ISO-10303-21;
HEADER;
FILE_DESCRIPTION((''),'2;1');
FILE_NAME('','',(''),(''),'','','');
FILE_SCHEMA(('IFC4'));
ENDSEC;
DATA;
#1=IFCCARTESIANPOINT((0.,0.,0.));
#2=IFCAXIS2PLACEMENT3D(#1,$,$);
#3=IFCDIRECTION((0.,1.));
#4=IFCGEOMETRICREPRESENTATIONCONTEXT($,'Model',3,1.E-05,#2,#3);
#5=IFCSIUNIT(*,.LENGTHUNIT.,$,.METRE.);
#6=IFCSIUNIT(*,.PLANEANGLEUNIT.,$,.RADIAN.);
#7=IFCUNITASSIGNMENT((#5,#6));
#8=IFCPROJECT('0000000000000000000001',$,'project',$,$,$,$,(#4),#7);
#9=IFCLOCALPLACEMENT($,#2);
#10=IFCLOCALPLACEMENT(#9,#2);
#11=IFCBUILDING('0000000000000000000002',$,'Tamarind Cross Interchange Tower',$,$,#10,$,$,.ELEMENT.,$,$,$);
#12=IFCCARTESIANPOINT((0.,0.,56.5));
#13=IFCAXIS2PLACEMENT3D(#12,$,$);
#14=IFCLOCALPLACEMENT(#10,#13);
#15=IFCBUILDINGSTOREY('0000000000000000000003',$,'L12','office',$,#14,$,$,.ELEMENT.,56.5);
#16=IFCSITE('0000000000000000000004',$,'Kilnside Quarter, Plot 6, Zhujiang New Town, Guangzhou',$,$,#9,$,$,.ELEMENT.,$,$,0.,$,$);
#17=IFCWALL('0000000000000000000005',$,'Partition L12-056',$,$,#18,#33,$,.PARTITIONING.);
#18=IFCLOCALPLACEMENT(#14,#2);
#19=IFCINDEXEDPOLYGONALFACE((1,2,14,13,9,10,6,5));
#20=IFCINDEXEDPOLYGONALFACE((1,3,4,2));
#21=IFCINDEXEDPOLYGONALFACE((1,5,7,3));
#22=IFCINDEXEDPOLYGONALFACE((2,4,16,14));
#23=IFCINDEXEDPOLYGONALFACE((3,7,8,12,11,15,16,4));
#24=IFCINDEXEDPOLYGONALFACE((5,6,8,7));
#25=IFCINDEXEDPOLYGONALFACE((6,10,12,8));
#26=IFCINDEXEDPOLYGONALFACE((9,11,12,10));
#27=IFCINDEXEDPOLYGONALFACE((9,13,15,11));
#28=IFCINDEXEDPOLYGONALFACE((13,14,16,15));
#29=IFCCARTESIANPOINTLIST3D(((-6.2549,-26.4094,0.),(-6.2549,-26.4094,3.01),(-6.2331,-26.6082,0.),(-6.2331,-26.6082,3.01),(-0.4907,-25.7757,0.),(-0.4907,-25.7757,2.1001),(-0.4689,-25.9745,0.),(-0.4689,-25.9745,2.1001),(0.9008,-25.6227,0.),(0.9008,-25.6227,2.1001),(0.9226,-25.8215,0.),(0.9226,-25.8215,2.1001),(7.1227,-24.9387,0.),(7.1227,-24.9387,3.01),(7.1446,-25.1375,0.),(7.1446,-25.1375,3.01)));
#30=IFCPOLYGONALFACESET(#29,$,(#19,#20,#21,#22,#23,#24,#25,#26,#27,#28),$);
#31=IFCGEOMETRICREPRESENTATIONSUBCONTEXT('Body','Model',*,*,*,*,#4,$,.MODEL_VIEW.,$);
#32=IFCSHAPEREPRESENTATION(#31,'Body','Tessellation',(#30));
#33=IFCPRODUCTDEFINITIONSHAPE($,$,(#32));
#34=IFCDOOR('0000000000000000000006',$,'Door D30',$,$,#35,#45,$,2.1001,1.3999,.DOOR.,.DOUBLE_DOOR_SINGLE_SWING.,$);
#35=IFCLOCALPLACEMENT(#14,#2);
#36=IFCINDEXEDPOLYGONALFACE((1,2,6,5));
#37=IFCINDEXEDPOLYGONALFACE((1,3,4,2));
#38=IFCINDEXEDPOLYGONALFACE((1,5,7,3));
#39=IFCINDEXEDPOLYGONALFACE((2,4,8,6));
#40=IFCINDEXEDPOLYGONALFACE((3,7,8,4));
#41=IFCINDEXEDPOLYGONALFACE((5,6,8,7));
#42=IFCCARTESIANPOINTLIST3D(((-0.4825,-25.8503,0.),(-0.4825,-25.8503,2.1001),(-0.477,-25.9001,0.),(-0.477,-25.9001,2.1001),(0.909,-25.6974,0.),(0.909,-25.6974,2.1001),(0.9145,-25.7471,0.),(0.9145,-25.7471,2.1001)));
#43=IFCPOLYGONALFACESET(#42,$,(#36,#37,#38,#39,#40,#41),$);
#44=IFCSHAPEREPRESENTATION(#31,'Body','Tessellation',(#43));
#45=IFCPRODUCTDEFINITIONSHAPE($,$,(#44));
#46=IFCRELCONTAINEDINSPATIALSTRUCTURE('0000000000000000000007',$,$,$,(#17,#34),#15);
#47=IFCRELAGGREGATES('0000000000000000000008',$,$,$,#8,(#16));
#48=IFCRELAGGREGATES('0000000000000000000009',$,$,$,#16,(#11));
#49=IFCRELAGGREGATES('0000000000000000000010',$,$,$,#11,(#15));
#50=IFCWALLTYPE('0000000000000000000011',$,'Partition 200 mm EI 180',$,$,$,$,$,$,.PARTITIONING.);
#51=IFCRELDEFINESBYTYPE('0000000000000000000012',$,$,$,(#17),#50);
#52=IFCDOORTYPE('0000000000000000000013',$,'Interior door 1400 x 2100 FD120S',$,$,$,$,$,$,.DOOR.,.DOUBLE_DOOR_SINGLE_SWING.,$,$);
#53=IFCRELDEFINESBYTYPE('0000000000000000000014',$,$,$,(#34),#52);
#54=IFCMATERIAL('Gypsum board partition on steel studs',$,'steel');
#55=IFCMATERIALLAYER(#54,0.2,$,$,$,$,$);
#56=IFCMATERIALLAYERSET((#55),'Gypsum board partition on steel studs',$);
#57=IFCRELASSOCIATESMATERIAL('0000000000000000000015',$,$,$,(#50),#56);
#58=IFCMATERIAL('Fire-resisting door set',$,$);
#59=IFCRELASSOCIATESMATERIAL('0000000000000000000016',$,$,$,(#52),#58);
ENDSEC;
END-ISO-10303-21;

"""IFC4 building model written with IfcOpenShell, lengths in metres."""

from ifc_helpers import new_model, si_unit, direction, frame, frame_2d, origin, place, context, subcontext, project, spatial, rectangle, extrude, material, layer, layer_set, type_object, element, fill, save


model = new_model("IFC4")

# Units and contexts
model_context = context("Model", 3, precision=1e-05, world=origin(), true_north=direction((0.0, 1.0)))
body_context = subcontext(model_context, "Body", "Model", "MODEL_VIEW")
ifc_project = project(units=[si_unit("LENGTHUNIT", "METRE"), si_unit("PLANEANGLEUNIT", "RADIAN")], contexts=[model_context])

# Site, building, storey
site_placement = place(None, origin())
site = spatial("IfcSite", under=ifc_project, at=site_placement, Name="Kilnside Quarter, Plot 6, Zhujiang New Town, Guangzhou", CompositionType="ELEMENT", RefElevation=0.0)
building_placement = place(site_placement, origin())
building = spatial("IfcBuilding", under=site, at=building_placement, Name="Tamarind Cross Interchange Tower", CompositionType="ELEMENT")
storey_placement = place(building_placement, frame((0.0, 0.0, 56.5)))
storey = spatial("IfcBuildingStorey", under=building, at=storey_placement, Name="L12", Description="office", CompositionType="ELEMENT", Elevation=56.5)

# Shared definitions
ifc_material_1 = material(Name="Gypsum board partition on steel studs", Category="steel")

# Wall, opening, door
ifc_layer_1 = layer(ifc_material_1, 0.2)
ifc_layer_set_1 = layer_set([ifc_layer_1], Name="Gypsum board partition on steel studs")
wall_type_1 = type_object("IfcWallType", Name="Partition 200 mm EI 180", PredefinedType="PARTITIONING", material=ifc_layer_set_1)
wall_1_placement = place(storey_placement, frame((-6.2439, -26.5088, 0.0), z_axis=(0.0, 0.0, 1.0), x_axis=(0.994011, 0.109279, 0.0)))
wall_1 = element("IfcWall", 1, at=wall_1_placement, inside=storey, type_object=wall_type_1, Name="Partition L12-056", PredefinedType="PARTITIONING", context=body_context, shape_type="SweptSolid", body=[
    extrude(rectangle(XDim=13.4583, YDim=0.2, at=frame_2d((6.729, 0.0))), origin(), (0.0, 0.0, 1.0), 3.01),
])
opening_1_placement = place(wall_1_placement, frame((5.7988, 0.0, 0.0)))
opening_1 = element("IfcOpeningElement", 2, at=opening_1_placement, cuts=wall_1, PredefinedType="OPENING", context=body_context, shape_type="SweptSolid", body=[
    extrude(rectangle(XDim=1.3999, YDim=2.1001, at=frame_2d((0.7, 1.05))), frame((0.0, 0.1099, 0.0), z_axis=(0.0, -1.0, 0.0), x_axis=(1.0, 0.0, 0.0)), (0.0, 0.0, 1.0), 0.22),
])
ifc_material_2 = material(Name="Fire-resisting door set")
door_type_1 = type_object("IfcDoorType", Name="Interior door 1400 x 2100 FD120S", OperationType="DOUBLE_DOOR_SINGLE_SWING", PredefinedType="DOOR", material=ifc_material_2)
door_1_placement = place(opening_1_placement, origin())
door_1 = element("IfcDoor", 3, at=door_1_placement, inside=storey, type_object=door_type_1, Name="Door D30", OperationType="DOUBLE_DOOR_SINGLE_SWING", OverallHeight=2.1001, OverallWidth=1.3999, PredefinedType="DOOR", context=body_context, shape_type="SweptSolid", body=[
    extrude(rectangle(XDim=1.3999, YDim=2.1001, at=frame_2d((0.7, 1.05))), frame((0.0, 0.0249, 0.0), z_axis=(0.0, -1.0, 0.0), x_axis=(1.0, 0.0, 0.0)), (0.0, 0.0, 1.0), 0.05),
])
fill(opening_1, door_1)

save(model, "model.ifc")
